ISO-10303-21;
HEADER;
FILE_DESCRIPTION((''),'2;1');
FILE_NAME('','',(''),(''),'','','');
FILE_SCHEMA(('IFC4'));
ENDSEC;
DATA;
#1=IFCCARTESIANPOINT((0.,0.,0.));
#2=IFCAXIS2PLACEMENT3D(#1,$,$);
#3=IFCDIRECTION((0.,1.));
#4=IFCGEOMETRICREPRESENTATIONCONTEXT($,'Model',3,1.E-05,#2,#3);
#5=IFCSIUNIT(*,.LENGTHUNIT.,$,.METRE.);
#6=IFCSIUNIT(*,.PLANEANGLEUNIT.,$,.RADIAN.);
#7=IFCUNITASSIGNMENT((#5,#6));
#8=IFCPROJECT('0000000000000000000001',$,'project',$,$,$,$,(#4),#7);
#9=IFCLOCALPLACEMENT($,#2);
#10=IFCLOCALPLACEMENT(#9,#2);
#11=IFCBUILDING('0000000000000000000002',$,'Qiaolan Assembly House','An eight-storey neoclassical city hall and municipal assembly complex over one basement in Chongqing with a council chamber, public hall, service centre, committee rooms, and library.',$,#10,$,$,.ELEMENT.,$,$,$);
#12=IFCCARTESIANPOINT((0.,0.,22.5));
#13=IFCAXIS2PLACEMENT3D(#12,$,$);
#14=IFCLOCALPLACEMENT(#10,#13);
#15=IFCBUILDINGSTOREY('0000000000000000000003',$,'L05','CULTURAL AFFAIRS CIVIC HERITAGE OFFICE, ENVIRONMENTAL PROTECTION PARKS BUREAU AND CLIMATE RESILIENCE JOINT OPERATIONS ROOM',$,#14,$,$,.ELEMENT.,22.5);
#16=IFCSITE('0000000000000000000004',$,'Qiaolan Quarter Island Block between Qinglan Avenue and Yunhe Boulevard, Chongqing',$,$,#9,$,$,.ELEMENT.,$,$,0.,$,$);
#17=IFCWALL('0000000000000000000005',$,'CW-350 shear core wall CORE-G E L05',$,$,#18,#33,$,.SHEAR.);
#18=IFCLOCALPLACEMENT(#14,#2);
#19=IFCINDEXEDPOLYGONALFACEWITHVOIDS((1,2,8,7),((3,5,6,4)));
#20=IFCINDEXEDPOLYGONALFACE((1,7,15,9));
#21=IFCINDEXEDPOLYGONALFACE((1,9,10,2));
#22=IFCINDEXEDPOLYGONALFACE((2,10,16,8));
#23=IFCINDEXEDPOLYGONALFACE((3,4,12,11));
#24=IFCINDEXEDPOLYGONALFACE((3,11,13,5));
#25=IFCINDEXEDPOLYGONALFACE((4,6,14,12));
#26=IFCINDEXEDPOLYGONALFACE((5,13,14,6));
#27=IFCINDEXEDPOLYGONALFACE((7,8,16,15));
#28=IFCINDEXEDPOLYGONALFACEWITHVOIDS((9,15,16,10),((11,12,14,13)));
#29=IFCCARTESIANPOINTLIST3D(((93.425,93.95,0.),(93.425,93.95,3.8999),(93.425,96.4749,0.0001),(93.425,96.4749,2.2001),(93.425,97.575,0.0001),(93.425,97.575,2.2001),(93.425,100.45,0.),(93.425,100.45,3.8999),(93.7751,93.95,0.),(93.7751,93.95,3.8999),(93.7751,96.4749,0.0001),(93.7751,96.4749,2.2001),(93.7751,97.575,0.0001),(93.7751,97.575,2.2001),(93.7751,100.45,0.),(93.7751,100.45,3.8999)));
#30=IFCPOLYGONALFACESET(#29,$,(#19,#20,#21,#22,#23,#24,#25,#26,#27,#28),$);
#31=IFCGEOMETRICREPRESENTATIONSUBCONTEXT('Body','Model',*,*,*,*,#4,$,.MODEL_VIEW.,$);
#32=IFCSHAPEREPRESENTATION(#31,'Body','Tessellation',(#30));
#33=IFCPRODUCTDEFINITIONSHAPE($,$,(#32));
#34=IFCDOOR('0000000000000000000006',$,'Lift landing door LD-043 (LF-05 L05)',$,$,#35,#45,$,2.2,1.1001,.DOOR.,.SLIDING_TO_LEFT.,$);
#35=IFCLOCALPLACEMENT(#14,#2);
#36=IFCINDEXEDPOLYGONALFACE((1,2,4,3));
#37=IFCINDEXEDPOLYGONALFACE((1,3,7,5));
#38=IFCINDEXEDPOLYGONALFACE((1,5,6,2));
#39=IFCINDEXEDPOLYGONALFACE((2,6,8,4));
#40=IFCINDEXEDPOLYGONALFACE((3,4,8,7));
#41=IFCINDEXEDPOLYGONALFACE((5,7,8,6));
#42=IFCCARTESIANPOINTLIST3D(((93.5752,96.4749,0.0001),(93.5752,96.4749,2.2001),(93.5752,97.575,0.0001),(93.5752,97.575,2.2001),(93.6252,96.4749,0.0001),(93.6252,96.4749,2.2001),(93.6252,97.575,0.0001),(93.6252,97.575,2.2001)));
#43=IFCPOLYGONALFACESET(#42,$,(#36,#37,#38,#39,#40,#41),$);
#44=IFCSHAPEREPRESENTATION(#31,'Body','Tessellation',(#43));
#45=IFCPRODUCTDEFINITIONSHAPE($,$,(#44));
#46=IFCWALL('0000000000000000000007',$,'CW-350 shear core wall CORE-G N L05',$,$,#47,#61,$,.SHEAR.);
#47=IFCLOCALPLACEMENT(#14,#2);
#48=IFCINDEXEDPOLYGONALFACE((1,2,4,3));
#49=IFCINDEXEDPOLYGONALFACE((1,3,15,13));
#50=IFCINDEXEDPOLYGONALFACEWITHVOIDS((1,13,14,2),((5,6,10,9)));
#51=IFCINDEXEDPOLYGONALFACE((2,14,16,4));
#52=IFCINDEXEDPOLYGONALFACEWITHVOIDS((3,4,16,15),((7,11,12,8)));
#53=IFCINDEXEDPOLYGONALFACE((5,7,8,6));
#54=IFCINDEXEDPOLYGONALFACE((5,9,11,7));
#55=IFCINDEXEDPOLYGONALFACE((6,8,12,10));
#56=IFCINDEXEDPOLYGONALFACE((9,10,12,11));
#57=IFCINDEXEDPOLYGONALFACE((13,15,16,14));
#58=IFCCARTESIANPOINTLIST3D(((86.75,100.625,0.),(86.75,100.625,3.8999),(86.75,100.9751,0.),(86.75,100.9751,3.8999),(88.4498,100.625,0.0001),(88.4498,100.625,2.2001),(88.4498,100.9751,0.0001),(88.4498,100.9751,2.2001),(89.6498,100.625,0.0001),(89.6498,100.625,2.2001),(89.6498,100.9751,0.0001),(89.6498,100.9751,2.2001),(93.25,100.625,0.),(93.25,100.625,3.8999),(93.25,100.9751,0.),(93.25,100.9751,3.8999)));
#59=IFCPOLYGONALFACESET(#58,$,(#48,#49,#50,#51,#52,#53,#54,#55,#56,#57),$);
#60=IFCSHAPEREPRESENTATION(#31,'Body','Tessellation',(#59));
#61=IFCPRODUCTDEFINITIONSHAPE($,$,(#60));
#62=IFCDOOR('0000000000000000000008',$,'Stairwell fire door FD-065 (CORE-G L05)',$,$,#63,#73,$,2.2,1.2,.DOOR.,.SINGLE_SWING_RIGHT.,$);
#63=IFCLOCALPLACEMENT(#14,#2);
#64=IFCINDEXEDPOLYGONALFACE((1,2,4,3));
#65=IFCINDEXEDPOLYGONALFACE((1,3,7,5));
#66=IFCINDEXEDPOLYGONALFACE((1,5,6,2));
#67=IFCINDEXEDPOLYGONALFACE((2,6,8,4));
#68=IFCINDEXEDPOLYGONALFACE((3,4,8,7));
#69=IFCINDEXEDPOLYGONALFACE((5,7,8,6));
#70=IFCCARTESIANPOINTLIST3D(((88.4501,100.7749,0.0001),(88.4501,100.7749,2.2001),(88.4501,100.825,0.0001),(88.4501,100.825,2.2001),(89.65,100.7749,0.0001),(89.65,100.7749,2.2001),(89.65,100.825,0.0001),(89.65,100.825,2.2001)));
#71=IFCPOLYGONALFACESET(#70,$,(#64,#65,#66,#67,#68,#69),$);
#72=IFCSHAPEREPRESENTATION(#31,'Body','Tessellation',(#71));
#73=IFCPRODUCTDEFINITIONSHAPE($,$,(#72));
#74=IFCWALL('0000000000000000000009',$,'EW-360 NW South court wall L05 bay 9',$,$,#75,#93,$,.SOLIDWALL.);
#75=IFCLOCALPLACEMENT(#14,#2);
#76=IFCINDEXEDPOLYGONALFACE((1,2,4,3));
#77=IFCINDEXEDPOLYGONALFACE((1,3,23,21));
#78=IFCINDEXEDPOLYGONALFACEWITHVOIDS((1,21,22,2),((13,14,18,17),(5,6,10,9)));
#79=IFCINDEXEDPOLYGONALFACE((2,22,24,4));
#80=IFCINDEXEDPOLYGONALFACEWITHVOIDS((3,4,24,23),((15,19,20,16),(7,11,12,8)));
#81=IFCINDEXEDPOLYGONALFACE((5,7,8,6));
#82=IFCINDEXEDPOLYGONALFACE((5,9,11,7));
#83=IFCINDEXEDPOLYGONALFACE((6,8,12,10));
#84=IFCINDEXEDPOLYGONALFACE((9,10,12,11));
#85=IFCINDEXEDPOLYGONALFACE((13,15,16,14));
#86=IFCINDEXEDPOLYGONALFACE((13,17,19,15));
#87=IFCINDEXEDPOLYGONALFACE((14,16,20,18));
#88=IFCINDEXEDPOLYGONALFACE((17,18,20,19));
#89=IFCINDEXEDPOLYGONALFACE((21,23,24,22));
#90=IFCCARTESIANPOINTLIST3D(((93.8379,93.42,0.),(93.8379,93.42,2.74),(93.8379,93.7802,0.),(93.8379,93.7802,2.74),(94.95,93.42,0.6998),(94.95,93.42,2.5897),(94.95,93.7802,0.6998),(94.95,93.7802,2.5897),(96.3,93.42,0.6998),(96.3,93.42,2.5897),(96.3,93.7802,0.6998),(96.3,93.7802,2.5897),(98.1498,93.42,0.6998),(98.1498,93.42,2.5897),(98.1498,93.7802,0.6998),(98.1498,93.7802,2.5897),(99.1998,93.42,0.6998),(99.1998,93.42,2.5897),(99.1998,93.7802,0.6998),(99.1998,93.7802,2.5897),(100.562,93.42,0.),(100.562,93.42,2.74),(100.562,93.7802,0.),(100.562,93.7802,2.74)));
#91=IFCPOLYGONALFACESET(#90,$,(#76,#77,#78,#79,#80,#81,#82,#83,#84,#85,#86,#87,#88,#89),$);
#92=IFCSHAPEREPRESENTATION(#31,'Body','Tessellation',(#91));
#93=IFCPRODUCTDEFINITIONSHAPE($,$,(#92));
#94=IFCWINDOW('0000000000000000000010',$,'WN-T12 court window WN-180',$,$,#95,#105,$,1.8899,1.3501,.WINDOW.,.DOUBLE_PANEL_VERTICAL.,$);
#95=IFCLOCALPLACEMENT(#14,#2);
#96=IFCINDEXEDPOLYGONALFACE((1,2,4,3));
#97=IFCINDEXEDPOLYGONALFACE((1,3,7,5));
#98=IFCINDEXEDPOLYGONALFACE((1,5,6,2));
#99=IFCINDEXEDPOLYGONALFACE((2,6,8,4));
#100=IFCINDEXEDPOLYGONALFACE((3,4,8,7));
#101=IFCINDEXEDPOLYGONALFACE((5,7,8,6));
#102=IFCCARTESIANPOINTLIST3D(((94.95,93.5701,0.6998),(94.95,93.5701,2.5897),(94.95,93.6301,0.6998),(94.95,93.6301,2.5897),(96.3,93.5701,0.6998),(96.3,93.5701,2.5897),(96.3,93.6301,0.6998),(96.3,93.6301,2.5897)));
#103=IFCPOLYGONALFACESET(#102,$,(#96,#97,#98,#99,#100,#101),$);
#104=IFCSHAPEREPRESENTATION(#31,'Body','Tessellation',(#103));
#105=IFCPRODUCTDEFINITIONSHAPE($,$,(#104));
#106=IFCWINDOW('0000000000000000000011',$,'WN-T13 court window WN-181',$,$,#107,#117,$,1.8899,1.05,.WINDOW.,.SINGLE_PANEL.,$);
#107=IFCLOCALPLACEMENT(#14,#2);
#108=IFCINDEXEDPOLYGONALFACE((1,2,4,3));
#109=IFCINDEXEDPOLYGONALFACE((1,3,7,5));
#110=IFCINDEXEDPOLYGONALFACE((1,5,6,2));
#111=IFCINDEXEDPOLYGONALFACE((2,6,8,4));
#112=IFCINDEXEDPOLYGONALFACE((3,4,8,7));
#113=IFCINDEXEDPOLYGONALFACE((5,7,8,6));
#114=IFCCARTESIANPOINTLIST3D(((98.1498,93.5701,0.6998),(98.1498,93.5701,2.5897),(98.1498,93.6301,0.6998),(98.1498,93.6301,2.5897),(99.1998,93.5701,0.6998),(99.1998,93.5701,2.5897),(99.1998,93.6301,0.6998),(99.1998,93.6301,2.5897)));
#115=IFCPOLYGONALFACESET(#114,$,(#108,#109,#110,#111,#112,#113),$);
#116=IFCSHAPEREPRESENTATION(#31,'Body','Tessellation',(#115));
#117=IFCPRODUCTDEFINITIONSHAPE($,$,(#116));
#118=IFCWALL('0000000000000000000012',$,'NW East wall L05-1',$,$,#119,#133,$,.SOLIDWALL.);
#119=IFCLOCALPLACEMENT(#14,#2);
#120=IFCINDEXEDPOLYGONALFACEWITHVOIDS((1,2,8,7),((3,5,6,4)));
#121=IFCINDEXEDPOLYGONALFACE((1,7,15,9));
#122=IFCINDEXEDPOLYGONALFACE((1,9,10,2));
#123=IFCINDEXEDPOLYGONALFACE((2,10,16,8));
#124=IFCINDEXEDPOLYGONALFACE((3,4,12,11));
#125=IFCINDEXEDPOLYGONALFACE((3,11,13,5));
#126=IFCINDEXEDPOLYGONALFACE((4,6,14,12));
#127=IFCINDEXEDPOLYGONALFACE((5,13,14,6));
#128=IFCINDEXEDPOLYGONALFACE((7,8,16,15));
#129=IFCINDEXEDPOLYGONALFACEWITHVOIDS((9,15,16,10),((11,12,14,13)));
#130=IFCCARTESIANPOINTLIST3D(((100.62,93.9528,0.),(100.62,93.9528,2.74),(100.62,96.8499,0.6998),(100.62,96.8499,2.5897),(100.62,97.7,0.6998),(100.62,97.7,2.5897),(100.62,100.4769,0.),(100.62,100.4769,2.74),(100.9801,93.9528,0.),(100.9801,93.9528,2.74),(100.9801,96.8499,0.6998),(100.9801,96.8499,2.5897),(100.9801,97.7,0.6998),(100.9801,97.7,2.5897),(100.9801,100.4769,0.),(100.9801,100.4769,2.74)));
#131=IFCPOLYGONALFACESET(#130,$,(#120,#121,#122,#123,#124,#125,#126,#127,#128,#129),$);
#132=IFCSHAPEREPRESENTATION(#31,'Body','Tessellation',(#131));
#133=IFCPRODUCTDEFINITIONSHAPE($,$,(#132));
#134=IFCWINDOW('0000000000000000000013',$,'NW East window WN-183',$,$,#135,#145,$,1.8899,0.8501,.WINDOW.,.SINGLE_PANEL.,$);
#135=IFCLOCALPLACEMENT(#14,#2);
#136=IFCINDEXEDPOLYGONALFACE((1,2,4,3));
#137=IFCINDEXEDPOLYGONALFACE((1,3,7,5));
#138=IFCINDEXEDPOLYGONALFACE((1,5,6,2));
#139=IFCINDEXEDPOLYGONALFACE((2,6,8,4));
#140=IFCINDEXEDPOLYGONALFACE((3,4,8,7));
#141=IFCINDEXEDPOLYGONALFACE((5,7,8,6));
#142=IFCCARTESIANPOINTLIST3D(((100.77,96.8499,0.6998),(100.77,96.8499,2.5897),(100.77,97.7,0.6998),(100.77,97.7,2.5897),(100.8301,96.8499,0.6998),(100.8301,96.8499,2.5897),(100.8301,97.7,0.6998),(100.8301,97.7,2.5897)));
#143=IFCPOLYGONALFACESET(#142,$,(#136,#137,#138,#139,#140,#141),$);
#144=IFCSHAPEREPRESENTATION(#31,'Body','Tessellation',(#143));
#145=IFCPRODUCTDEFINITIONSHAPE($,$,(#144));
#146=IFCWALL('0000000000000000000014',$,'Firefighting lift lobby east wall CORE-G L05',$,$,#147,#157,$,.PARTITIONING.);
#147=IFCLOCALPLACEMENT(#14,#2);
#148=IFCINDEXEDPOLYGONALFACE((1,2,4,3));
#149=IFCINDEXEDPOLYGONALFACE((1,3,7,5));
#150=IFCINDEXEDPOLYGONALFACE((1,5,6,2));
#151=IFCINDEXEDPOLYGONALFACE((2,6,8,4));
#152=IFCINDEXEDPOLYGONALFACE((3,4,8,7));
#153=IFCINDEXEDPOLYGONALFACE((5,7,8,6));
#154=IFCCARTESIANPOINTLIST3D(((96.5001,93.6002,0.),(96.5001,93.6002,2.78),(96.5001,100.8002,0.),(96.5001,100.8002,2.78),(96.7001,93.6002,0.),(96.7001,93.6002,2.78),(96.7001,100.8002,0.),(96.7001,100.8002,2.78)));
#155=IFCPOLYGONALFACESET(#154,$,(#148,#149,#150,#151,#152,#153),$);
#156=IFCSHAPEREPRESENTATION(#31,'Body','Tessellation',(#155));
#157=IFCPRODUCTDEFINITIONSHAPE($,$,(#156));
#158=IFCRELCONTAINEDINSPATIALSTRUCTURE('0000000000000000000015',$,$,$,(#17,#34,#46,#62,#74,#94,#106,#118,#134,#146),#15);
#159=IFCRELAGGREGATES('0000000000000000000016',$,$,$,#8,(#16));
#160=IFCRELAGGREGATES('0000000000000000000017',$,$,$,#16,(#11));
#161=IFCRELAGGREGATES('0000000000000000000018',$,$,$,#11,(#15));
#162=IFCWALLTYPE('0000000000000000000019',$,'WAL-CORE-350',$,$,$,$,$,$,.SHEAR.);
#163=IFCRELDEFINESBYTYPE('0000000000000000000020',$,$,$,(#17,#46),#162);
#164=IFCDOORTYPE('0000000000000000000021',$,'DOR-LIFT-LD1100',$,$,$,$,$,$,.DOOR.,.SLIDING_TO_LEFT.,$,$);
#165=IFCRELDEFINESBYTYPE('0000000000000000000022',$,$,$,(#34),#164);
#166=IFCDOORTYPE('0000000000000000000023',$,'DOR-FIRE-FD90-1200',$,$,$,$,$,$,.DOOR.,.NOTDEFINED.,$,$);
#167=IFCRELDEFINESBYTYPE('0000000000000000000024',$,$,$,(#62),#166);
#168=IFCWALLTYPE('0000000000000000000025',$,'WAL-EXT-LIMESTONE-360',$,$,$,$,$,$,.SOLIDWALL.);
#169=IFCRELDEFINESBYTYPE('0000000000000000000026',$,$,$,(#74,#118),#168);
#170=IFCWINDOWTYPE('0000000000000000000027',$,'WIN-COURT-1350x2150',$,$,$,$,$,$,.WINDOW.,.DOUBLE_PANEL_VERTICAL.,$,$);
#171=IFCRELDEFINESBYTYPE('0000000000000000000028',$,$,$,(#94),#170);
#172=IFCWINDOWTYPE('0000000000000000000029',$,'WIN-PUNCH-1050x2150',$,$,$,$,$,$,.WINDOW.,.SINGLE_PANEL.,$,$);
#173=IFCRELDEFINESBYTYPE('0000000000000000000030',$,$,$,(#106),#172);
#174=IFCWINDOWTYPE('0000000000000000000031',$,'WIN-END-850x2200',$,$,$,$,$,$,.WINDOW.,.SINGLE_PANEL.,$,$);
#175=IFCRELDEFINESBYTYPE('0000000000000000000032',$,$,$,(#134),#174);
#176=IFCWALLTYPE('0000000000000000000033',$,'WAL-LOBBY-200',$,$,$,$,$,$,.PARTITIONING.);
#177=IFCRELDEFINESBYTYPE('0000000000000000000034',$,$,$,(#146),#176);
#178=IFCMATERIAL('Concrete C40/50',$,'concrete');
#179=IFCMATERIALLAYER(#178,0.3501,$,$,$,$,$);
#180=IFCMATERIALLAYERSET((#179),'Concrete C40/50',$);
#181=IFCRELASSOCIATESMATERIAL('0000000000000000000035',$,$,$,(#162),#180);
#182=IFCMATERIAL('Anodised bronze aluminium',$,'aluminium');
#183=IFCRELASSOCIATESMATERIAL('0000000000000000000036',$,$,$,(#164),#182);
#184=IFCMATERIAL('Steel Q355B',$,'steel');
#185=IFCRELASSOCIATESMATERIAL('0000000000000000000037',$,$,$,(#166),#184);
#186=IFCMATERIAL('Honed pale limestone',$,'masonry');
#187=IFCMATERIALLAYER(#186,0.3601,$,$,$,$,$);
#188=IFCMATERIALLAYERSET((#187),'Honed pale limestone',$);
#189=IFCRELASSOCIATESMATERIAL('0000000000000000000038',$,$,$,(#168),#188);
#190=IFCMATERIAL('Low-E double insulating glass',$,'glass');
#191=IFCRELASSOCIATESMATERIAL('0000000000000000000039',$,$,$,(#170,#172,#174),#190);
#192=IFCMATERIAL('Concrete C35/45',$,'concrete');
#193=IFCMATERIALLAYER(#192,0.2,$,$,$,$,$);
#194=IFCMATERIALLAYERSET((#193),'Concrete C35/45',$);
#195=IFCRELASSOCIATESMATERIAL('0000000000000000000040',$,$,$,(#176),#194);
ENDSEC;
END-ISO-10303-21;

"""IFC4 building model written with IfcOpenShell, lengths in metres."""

from ifc_helpers import new_model, si_unit, direction, frame, frame_2d, origin, place, context, subcontext, project, spatial, rectangle, extrude, material, layer, layer_set, type_object, element, fill, save


model = new_model("IFC4")

# Units and contexts
model_context = context("Model", 3, precision=1e-05, world=origin(), true_north=direction((0.0, 1.0)))
body_context = subcontext(model_context, "Body", "Model", "MODEL_VIEW")
ifc_project = project(units=[si_unit("LENGTHUNIT", "METRE"), si_unit("PLANEANGLEUNIT", "RADIAN")], contexts=[model_context])

# Site, building, storey
site_placement = place(None, origin())
site = spatial("IfcSite", under=ifc_project, at=site_placement, Name="Qiaolan Quarter Island Block between Qinglan Avenue and Yunhe Boulevard, Chongqing", CompositionType="ELEMENT", RefElevation=0.0)
building_placement = place(site_placement, origin())
building = spatial("IfcBuilding", under=site, at=building_placement, Name="Qiaolan Assembly House", Description="An eight-storey neoclassical city hall and municipal assembly complex over one basement in Chongqing with a council chamber, public hall, service centre, committee rooms, and library.", CompositionType="ELEMENT")
storey_placement = place(building_placement, frame((0.0, 0.0, 22.5)))
storey = spatial("IfcBuildingStorey", under=building, at=storey_placement, Name="L05", Description="CULTURAL AFFAIRS CIVIC HERITAGE OFFICE, ENVIRONMENTAL PROTECTION PARKS BUREAU AND CLIMATE RESILIENCE JOINT OPERATIONS ROOM", CompositionType="ELEMENT", Elevation=22.5)

# Shared definitions
ifc_material_1 = material(Name="Concrete C40/50", Category="concrete")

# Walls, openings, doors
ifc_layer_1 = layer(ifc_material_1, 0.3501)
ifc_layer_set_1 = layer_set([ifc_layer_1], Name="Concrete C40/50")
wall_type_1 = type_object("IfcWallType", Name="WAL-CORE-350", PredefinedType="SHEAR", material=ifc_layer_set_1)
wall_1_placement = place(storey_placement, frame((93.6001, 93.95, 0.0), z_axis=(0.0, 0.0, 1.0), x_axis=(0.0, 1.0, 0.0)))
wall_1 = element("IfcWall", 1, at=wall_1_placement, inside=storey, type_object=wall_type_1, Name="CW-350 shear core wall CORE-G E L05", PredefinedType="SHEAR", context=body_context, shape_type="SweptSolid", body=[
    extrude(rectangle(XDim=6.5, YDim=0.3501, at=frame_2d((3.25, 0.0))), origin(), (0.0, 0.0, 1.0), 3.8999),
])
opening_1_placement = place(wall_1_placement, frame((2.5249, 0.0, 0.0)))
opening_1 = element("IfcOpeningElement", 2, at=opening_1_placement, cuts=wall_1, PredefinedType="OPENING", context=body_context, shape_type="SweptSolid", body=[
    extrude(rectangle(XDim=1.1001, YDim=2.2, at=frame_2d((0.55, 1.1001))), frame((0.0, 0.1851, 0.0), z_axis=(0.0, -1.0, 0.0), x_axis=(1.0, 0.0, 0.0)), (0.0, 0.0, 1.0), 0.3701),
])
ifc_material_2 = material(Name="Anodised bronze aluminium", Category="aluminium")
door_type_1 = type_object("IfcDoorType", Name="DOR-LIFT-LD1100", OperationType="SLIDING_TO_LEFT", PredefinedType="DOOR", material=ifc_material_2)
door_1_placement = place(opening_1_placement, origin())
door_1 = element("IfcDoor", 3, at=door_1_placement, inside=storey, type_object=door_type_1, Name="Lift landing door LD-043 (LF-05 L05)", OperationType="SLIDING_TO_LEFT", OverallHeight=2.2, OverallWidth=1.1001, PredefinedType="DOOR", context=body_context, shape_type="SweptSolid", body=[
    extrude(rectangle(XDim=1.1001, YDim=2.2, at=frame_2d((0.55, 1.1001))), frame((0.0, 0.0249, 0.0), z_axis=(0.0, -1.0, 0.0), x_axis=(1.0, 0.0, 0.0)), (0.0, 0.0, 1.0), 0.05),
])
fill(opening_1, door_1)
wall_2_placement = place(storey_placement, frame((93.25, 100.8, 0.0), z_axis=(0.0, 0.0, 1.0), x_axis=(-1.0, 0.0, 0.0)))
wall_2 = element("IfcWall", 4, at=wall_2_placement, inside=storey, type_object=wall_type_1, Name="CW-350 shear core wall CORE-G N L05", PredefinedType="SHEAR", context=body_context, shape_type="SweptSolid", body=[
    extrude(rectangle(XDim=6.5, YDim=0.3501, at=frame_2d((3.25, 0.0))), origin(), (0.0, 0.0, 1.0), 3.8999),
])
opening_2_placement = place(wall_2_placement, frame((3.6001, 0.0, 0.0)))
opening_2 = element("IfcOpeningElement", 5, at=opening_2_placement, cuts=wall_2, PredefinedType="OPENING", context=body_context, shape_type="SweptSolid", body=[
    extrude(rectangle(XDim=1.2, YDim=2.2, at=frame_2d((0.6001, 1.1001))), frame((0.0, 0.1851, 0.0), z_axis=(0.0, -1.0, 0.0), x_axis=(1.0, 0.0, 0.0)), (0.0, 0.0, 1.0), 0.3701),
])
ifc_material_3 = material(Name="Steel Q355B", Category="steel")
door_type_2 = type_object("IfcDoorType", Name="DOR-FIRE-FD90-1200", OperationType="NOTDEFINED", PredefinedType="DOOR", material=ifc_material_3)
door_2_placement = place(opening_2_placement, frame((1.2, 0.0, 0.0), z_axis=(0.0, 0.0, 1.0), x_axis=(-1.0, 0.0, 0.0)))
door_2 = element("IfcDoor", 6, at=door_2_placement, inside=storey, type_object=door_type_2, Name="Stairwell fire door FD-065 (CORE-G L05)", OperationType="SINGLE_SWING_RIGHT", OverallHeight=2.2, OverallWidth=1.2, PredefinedType="DOOR", context=body_context, shape_type="SweptSolid", body=[
    extrude(rectangle(XDim=1.2, YDim=2.2, at=frame_2d((0.6001, 1.1001))), frame((0.0, 0.0249, 0.0), z_axis=(0.0, -1.0, 0.0), x_axis=(1.0, 0.0, 0.0)), (0.0, 0.0, 1.0), 0.05),
])
fill(opening_2, door_2)

# Wall, openings, windows
ifc_material_4 = material(Name="Honed pale limestone", Category="masonry")
ifc_layer_2 = layer(ifc_material_4, 0.3601)
ifc_layer_set_2 = layer_set([ifc_layer_2], Name="Honed pale limestone")
wall_type_2 = type_object("IfcWallType", Name="WAL-EXT-LIMESTONE-360", PredefinedType="SOLIDWALL", material=ifc_layer_set_2)
wall_3_placement = place(storey_placement, frame((93.8379, 93.6001, 0.0), z_axis=(0.0, 0.0, 1.0), x_axis=(1.0, 0.0, 0.0)))
wall_3 = element("IfcWall", 7, at=wall_3_placement, inside=storey, type_object=wall_type_2, Name="EW-360 NW South court wall L05 bay 9", PredefinedType="SOLIDWALL", context=body_context, shape_type="SweptSolid", body=[
    extrude(rectangle(XDim=6.7241, YDim=0.3601, at=frame_2d((3.3621, 0.0))), origin(), (0.0, 0.0, 1.0), 2.74),
])
opening_3_placement = place(wall_3_placement, frame((1.1121, 0.0, 0.7)))
opening_3 = element("IfcOpeningElement", 8, at=opening_3_placement, cuts=wall_3, PredefinedType="OPENING", context=body_context, shape_type="SweptSolid", body=[
    extrude(rectangle(XDim=1.3501, YDim=1.8899, at=frame_2d((0.675, 0.9448))), frame((0.0, 0.1899, 0.0), z_axis=(0.0, -1.0, 0.0), x_axis=(1.0, 0.0, 0.0)), (0.0, 0.0, 1.0), 0.3801),
])
opening_4_placement = place(wall_3_placement, frame((4.312, 0.0, 0.7)))
opening_4 = element("IfcOpeningElement", 9, at=opening_4_placement, cuts=wall_3, PredefinedType="OPENING", context=body_context, shape_type="SweptSolid", body=[
    extrude(rectangle(XDim=1.05, YDim=1.8899, at=frame_2d((0.5249, 0.9448))), frame((0.0, 0.1899, 0.0), z_axis=(0.0, -1.0, 0.0), x_axis=(1.0, 0.0, 0.0)), (0.0, 0.0, 1.0), 0.3801),
])
ifc_material_5 = material(Name="Low-E double insulating glass", Category="glass")
window_type_1 = type_object("IfcWindowType", Name="WIN-COURT-1350x2150", PartitioningType="DOUBLE_PANEL_VERTICAL", PredefinedType="WINDOW", material=ifc_material_5)
window_1_placement = place(opening_3_placement, origin())
window_1 = element("IfcWindow", 10, at=window_1_placement, inside=storey, type_object=window_type_1, Name="WN-T12 court window WN-180", OverallHeight=1.8899, OverallWidth=1.3501, PartitioningType="DOUBLE_PANEL_VERTICAL", PredefinedType="WINDOW", context=body_context, shape_type="SweptSolid", body=[
    extrude(rectangle(XDim=1.3501, YDim=1.8899, at=frame_2d((0.675, 0.9448))), frame((0.0, 0.03, 0.0), z_axis=(0.0, -1.0, 0.0), x_axis=(1.0, 0.0, 0.0)), (0.0, 0.0, 1.0), 0.0601),
])
fill(opening_3, window_1)
window_type_2 = type_object("IfcWindowType", Name="WIN-PUNCH-1050x2150", PartitioningType="SINGLE_PANEL", PredefinedType="WINDOW", material=ifc_material_5)
window_2_placement = place(opening_4_placement, origin())
window_2 = element("IfcWindow", 11, at=window_2_placement, inside=storey, type_object=window_type_2, Name="WN-T13 court window WN-181", OverallHeight=1.8899, OverallWidth=1.05, PartitioningType="SINGLE_PANEL", PredefinedType="WINDOW", context=body_context, shape_type="SweptSolid", body=[
    extrude(rectangle(XDim=1.05, YDim=1.8899, at=frame_2d((0.5249, 0.9448))), frame((0.0, 0.03, 0.0), z_axis=(0.0, -1.0, 0.0), x_axis=(1.0, 0.0, 0.0)), (0.0, 0.0, 1.0), 0.0601),
])
fill(opening_4, window_2)

# Wall, opening, window
wall_4_placement = place(storey_placement, frame((100.8, 100.4771, 0.0), z_axis=(0.0, 0.0, 1.0), x_axis=(0.0, -1.0, 0.0)))
wall_4 = element("IfcWall", 12, at=wall_4_placement, inside=storey, type_object=wall_type_2, Name="NW East wall L05-1", PredefinedType="SOLIDWALL", context=body_context, shape_type="SweptSolid", body=[
    extrude(rectangle(XDim=6.5242, YDim=0.3601, at=frame_2d((3.2622, 0.0))), origin(), (0.0, 0.0, 1.0), 2.74),
])
opening_5_placement = place(wall_4_placement, frame((2.7771, 0.0, 0.7)))
opening_5 = element("IfcOpeningElement", 13, at=opening_5_placement, cuts=wall_4, PredefinedType="OPENING", context=body_context, shape_type="SweptSolid", body=[
    extrude(rectangle(XDim=0.8501, YDim=1.8899, at=frame_2d((0.425, 0.9448))), frame((0.0, 0.1899, 0.0), z_axis=(0.0, -1.0, 0.0), x_axis=(1.0, 0.0, 0.0)), (0.0, 0.0, 1.0), 0.3801),
])
window_type_3 = type_object("IfcWindowType", Name="WIN-END-850x2200", PartitioningType="SINGLE_PANEL", PredefinedType="WINDOW", material=ifc_material_5)
window_3_placement = place(opening_5_placement, origin())
window_3 = element("IfcWindow", 14, at=window_3_placement, inside=storey, type_object=window_type_3, Name="NW East window WN-183", OverallHeight=1.8899, OverallWidth=0.8501, PartitioningType="SINGLE_PANEL", PredefinedType="WINDOW", context=body_context, shape_type="SweptSolid", body=[
    extrude(rectangle(XDim=0.8501, YDim=1.8899, at=frame_2d((0.425, 0.9448))), frame((0.0, 0.03, 0.0), z_axis=(0.0, -1.0, 0.0), x_axis=(1.0, 0.0, 0.0)), (0.0, 0.0, 1.0), 0.0601),
])
fill(opening_5, window_3)

# Wall
ifc_material_6 = material(Name="Concrete C35/45", Category="concrete")
ifc_layer_3 = layer(ifc_material_6, 0.2)
ifc_layer_set_3 = layer_set([ifc_layer_3], Name="Concrete C35/45")
wall_type_3 = type_object("IfcWallType", Name="WAL-LOBBY-200", PredefinedType="PARTITIONING", material=ifc_layer_set_3)
wall_5_placement = place(storey_placement, frame((96.6001, 93.6001, 0.0), z_axis=(0.0, 0.0, 1.0), x_axis=(0.0, 1.0, 0.0)))
element("IfcWall", 15, at=wall_5_placement, inside=storey, type_object=wall_type_3, Name="Firefighting lift lobby east wall CORE-G L05", PredefinedType="PARTITIONING", context=body_context, shape_type="SweptSolid", body=[
    extrude(rectangle(XDim=7.2, YDim=0.2, at=frame_2d((3.6001, 0.0))), origin(), (0.0, 0.0, 1.0), 2.78),
])

save(model, "model.ifc")
